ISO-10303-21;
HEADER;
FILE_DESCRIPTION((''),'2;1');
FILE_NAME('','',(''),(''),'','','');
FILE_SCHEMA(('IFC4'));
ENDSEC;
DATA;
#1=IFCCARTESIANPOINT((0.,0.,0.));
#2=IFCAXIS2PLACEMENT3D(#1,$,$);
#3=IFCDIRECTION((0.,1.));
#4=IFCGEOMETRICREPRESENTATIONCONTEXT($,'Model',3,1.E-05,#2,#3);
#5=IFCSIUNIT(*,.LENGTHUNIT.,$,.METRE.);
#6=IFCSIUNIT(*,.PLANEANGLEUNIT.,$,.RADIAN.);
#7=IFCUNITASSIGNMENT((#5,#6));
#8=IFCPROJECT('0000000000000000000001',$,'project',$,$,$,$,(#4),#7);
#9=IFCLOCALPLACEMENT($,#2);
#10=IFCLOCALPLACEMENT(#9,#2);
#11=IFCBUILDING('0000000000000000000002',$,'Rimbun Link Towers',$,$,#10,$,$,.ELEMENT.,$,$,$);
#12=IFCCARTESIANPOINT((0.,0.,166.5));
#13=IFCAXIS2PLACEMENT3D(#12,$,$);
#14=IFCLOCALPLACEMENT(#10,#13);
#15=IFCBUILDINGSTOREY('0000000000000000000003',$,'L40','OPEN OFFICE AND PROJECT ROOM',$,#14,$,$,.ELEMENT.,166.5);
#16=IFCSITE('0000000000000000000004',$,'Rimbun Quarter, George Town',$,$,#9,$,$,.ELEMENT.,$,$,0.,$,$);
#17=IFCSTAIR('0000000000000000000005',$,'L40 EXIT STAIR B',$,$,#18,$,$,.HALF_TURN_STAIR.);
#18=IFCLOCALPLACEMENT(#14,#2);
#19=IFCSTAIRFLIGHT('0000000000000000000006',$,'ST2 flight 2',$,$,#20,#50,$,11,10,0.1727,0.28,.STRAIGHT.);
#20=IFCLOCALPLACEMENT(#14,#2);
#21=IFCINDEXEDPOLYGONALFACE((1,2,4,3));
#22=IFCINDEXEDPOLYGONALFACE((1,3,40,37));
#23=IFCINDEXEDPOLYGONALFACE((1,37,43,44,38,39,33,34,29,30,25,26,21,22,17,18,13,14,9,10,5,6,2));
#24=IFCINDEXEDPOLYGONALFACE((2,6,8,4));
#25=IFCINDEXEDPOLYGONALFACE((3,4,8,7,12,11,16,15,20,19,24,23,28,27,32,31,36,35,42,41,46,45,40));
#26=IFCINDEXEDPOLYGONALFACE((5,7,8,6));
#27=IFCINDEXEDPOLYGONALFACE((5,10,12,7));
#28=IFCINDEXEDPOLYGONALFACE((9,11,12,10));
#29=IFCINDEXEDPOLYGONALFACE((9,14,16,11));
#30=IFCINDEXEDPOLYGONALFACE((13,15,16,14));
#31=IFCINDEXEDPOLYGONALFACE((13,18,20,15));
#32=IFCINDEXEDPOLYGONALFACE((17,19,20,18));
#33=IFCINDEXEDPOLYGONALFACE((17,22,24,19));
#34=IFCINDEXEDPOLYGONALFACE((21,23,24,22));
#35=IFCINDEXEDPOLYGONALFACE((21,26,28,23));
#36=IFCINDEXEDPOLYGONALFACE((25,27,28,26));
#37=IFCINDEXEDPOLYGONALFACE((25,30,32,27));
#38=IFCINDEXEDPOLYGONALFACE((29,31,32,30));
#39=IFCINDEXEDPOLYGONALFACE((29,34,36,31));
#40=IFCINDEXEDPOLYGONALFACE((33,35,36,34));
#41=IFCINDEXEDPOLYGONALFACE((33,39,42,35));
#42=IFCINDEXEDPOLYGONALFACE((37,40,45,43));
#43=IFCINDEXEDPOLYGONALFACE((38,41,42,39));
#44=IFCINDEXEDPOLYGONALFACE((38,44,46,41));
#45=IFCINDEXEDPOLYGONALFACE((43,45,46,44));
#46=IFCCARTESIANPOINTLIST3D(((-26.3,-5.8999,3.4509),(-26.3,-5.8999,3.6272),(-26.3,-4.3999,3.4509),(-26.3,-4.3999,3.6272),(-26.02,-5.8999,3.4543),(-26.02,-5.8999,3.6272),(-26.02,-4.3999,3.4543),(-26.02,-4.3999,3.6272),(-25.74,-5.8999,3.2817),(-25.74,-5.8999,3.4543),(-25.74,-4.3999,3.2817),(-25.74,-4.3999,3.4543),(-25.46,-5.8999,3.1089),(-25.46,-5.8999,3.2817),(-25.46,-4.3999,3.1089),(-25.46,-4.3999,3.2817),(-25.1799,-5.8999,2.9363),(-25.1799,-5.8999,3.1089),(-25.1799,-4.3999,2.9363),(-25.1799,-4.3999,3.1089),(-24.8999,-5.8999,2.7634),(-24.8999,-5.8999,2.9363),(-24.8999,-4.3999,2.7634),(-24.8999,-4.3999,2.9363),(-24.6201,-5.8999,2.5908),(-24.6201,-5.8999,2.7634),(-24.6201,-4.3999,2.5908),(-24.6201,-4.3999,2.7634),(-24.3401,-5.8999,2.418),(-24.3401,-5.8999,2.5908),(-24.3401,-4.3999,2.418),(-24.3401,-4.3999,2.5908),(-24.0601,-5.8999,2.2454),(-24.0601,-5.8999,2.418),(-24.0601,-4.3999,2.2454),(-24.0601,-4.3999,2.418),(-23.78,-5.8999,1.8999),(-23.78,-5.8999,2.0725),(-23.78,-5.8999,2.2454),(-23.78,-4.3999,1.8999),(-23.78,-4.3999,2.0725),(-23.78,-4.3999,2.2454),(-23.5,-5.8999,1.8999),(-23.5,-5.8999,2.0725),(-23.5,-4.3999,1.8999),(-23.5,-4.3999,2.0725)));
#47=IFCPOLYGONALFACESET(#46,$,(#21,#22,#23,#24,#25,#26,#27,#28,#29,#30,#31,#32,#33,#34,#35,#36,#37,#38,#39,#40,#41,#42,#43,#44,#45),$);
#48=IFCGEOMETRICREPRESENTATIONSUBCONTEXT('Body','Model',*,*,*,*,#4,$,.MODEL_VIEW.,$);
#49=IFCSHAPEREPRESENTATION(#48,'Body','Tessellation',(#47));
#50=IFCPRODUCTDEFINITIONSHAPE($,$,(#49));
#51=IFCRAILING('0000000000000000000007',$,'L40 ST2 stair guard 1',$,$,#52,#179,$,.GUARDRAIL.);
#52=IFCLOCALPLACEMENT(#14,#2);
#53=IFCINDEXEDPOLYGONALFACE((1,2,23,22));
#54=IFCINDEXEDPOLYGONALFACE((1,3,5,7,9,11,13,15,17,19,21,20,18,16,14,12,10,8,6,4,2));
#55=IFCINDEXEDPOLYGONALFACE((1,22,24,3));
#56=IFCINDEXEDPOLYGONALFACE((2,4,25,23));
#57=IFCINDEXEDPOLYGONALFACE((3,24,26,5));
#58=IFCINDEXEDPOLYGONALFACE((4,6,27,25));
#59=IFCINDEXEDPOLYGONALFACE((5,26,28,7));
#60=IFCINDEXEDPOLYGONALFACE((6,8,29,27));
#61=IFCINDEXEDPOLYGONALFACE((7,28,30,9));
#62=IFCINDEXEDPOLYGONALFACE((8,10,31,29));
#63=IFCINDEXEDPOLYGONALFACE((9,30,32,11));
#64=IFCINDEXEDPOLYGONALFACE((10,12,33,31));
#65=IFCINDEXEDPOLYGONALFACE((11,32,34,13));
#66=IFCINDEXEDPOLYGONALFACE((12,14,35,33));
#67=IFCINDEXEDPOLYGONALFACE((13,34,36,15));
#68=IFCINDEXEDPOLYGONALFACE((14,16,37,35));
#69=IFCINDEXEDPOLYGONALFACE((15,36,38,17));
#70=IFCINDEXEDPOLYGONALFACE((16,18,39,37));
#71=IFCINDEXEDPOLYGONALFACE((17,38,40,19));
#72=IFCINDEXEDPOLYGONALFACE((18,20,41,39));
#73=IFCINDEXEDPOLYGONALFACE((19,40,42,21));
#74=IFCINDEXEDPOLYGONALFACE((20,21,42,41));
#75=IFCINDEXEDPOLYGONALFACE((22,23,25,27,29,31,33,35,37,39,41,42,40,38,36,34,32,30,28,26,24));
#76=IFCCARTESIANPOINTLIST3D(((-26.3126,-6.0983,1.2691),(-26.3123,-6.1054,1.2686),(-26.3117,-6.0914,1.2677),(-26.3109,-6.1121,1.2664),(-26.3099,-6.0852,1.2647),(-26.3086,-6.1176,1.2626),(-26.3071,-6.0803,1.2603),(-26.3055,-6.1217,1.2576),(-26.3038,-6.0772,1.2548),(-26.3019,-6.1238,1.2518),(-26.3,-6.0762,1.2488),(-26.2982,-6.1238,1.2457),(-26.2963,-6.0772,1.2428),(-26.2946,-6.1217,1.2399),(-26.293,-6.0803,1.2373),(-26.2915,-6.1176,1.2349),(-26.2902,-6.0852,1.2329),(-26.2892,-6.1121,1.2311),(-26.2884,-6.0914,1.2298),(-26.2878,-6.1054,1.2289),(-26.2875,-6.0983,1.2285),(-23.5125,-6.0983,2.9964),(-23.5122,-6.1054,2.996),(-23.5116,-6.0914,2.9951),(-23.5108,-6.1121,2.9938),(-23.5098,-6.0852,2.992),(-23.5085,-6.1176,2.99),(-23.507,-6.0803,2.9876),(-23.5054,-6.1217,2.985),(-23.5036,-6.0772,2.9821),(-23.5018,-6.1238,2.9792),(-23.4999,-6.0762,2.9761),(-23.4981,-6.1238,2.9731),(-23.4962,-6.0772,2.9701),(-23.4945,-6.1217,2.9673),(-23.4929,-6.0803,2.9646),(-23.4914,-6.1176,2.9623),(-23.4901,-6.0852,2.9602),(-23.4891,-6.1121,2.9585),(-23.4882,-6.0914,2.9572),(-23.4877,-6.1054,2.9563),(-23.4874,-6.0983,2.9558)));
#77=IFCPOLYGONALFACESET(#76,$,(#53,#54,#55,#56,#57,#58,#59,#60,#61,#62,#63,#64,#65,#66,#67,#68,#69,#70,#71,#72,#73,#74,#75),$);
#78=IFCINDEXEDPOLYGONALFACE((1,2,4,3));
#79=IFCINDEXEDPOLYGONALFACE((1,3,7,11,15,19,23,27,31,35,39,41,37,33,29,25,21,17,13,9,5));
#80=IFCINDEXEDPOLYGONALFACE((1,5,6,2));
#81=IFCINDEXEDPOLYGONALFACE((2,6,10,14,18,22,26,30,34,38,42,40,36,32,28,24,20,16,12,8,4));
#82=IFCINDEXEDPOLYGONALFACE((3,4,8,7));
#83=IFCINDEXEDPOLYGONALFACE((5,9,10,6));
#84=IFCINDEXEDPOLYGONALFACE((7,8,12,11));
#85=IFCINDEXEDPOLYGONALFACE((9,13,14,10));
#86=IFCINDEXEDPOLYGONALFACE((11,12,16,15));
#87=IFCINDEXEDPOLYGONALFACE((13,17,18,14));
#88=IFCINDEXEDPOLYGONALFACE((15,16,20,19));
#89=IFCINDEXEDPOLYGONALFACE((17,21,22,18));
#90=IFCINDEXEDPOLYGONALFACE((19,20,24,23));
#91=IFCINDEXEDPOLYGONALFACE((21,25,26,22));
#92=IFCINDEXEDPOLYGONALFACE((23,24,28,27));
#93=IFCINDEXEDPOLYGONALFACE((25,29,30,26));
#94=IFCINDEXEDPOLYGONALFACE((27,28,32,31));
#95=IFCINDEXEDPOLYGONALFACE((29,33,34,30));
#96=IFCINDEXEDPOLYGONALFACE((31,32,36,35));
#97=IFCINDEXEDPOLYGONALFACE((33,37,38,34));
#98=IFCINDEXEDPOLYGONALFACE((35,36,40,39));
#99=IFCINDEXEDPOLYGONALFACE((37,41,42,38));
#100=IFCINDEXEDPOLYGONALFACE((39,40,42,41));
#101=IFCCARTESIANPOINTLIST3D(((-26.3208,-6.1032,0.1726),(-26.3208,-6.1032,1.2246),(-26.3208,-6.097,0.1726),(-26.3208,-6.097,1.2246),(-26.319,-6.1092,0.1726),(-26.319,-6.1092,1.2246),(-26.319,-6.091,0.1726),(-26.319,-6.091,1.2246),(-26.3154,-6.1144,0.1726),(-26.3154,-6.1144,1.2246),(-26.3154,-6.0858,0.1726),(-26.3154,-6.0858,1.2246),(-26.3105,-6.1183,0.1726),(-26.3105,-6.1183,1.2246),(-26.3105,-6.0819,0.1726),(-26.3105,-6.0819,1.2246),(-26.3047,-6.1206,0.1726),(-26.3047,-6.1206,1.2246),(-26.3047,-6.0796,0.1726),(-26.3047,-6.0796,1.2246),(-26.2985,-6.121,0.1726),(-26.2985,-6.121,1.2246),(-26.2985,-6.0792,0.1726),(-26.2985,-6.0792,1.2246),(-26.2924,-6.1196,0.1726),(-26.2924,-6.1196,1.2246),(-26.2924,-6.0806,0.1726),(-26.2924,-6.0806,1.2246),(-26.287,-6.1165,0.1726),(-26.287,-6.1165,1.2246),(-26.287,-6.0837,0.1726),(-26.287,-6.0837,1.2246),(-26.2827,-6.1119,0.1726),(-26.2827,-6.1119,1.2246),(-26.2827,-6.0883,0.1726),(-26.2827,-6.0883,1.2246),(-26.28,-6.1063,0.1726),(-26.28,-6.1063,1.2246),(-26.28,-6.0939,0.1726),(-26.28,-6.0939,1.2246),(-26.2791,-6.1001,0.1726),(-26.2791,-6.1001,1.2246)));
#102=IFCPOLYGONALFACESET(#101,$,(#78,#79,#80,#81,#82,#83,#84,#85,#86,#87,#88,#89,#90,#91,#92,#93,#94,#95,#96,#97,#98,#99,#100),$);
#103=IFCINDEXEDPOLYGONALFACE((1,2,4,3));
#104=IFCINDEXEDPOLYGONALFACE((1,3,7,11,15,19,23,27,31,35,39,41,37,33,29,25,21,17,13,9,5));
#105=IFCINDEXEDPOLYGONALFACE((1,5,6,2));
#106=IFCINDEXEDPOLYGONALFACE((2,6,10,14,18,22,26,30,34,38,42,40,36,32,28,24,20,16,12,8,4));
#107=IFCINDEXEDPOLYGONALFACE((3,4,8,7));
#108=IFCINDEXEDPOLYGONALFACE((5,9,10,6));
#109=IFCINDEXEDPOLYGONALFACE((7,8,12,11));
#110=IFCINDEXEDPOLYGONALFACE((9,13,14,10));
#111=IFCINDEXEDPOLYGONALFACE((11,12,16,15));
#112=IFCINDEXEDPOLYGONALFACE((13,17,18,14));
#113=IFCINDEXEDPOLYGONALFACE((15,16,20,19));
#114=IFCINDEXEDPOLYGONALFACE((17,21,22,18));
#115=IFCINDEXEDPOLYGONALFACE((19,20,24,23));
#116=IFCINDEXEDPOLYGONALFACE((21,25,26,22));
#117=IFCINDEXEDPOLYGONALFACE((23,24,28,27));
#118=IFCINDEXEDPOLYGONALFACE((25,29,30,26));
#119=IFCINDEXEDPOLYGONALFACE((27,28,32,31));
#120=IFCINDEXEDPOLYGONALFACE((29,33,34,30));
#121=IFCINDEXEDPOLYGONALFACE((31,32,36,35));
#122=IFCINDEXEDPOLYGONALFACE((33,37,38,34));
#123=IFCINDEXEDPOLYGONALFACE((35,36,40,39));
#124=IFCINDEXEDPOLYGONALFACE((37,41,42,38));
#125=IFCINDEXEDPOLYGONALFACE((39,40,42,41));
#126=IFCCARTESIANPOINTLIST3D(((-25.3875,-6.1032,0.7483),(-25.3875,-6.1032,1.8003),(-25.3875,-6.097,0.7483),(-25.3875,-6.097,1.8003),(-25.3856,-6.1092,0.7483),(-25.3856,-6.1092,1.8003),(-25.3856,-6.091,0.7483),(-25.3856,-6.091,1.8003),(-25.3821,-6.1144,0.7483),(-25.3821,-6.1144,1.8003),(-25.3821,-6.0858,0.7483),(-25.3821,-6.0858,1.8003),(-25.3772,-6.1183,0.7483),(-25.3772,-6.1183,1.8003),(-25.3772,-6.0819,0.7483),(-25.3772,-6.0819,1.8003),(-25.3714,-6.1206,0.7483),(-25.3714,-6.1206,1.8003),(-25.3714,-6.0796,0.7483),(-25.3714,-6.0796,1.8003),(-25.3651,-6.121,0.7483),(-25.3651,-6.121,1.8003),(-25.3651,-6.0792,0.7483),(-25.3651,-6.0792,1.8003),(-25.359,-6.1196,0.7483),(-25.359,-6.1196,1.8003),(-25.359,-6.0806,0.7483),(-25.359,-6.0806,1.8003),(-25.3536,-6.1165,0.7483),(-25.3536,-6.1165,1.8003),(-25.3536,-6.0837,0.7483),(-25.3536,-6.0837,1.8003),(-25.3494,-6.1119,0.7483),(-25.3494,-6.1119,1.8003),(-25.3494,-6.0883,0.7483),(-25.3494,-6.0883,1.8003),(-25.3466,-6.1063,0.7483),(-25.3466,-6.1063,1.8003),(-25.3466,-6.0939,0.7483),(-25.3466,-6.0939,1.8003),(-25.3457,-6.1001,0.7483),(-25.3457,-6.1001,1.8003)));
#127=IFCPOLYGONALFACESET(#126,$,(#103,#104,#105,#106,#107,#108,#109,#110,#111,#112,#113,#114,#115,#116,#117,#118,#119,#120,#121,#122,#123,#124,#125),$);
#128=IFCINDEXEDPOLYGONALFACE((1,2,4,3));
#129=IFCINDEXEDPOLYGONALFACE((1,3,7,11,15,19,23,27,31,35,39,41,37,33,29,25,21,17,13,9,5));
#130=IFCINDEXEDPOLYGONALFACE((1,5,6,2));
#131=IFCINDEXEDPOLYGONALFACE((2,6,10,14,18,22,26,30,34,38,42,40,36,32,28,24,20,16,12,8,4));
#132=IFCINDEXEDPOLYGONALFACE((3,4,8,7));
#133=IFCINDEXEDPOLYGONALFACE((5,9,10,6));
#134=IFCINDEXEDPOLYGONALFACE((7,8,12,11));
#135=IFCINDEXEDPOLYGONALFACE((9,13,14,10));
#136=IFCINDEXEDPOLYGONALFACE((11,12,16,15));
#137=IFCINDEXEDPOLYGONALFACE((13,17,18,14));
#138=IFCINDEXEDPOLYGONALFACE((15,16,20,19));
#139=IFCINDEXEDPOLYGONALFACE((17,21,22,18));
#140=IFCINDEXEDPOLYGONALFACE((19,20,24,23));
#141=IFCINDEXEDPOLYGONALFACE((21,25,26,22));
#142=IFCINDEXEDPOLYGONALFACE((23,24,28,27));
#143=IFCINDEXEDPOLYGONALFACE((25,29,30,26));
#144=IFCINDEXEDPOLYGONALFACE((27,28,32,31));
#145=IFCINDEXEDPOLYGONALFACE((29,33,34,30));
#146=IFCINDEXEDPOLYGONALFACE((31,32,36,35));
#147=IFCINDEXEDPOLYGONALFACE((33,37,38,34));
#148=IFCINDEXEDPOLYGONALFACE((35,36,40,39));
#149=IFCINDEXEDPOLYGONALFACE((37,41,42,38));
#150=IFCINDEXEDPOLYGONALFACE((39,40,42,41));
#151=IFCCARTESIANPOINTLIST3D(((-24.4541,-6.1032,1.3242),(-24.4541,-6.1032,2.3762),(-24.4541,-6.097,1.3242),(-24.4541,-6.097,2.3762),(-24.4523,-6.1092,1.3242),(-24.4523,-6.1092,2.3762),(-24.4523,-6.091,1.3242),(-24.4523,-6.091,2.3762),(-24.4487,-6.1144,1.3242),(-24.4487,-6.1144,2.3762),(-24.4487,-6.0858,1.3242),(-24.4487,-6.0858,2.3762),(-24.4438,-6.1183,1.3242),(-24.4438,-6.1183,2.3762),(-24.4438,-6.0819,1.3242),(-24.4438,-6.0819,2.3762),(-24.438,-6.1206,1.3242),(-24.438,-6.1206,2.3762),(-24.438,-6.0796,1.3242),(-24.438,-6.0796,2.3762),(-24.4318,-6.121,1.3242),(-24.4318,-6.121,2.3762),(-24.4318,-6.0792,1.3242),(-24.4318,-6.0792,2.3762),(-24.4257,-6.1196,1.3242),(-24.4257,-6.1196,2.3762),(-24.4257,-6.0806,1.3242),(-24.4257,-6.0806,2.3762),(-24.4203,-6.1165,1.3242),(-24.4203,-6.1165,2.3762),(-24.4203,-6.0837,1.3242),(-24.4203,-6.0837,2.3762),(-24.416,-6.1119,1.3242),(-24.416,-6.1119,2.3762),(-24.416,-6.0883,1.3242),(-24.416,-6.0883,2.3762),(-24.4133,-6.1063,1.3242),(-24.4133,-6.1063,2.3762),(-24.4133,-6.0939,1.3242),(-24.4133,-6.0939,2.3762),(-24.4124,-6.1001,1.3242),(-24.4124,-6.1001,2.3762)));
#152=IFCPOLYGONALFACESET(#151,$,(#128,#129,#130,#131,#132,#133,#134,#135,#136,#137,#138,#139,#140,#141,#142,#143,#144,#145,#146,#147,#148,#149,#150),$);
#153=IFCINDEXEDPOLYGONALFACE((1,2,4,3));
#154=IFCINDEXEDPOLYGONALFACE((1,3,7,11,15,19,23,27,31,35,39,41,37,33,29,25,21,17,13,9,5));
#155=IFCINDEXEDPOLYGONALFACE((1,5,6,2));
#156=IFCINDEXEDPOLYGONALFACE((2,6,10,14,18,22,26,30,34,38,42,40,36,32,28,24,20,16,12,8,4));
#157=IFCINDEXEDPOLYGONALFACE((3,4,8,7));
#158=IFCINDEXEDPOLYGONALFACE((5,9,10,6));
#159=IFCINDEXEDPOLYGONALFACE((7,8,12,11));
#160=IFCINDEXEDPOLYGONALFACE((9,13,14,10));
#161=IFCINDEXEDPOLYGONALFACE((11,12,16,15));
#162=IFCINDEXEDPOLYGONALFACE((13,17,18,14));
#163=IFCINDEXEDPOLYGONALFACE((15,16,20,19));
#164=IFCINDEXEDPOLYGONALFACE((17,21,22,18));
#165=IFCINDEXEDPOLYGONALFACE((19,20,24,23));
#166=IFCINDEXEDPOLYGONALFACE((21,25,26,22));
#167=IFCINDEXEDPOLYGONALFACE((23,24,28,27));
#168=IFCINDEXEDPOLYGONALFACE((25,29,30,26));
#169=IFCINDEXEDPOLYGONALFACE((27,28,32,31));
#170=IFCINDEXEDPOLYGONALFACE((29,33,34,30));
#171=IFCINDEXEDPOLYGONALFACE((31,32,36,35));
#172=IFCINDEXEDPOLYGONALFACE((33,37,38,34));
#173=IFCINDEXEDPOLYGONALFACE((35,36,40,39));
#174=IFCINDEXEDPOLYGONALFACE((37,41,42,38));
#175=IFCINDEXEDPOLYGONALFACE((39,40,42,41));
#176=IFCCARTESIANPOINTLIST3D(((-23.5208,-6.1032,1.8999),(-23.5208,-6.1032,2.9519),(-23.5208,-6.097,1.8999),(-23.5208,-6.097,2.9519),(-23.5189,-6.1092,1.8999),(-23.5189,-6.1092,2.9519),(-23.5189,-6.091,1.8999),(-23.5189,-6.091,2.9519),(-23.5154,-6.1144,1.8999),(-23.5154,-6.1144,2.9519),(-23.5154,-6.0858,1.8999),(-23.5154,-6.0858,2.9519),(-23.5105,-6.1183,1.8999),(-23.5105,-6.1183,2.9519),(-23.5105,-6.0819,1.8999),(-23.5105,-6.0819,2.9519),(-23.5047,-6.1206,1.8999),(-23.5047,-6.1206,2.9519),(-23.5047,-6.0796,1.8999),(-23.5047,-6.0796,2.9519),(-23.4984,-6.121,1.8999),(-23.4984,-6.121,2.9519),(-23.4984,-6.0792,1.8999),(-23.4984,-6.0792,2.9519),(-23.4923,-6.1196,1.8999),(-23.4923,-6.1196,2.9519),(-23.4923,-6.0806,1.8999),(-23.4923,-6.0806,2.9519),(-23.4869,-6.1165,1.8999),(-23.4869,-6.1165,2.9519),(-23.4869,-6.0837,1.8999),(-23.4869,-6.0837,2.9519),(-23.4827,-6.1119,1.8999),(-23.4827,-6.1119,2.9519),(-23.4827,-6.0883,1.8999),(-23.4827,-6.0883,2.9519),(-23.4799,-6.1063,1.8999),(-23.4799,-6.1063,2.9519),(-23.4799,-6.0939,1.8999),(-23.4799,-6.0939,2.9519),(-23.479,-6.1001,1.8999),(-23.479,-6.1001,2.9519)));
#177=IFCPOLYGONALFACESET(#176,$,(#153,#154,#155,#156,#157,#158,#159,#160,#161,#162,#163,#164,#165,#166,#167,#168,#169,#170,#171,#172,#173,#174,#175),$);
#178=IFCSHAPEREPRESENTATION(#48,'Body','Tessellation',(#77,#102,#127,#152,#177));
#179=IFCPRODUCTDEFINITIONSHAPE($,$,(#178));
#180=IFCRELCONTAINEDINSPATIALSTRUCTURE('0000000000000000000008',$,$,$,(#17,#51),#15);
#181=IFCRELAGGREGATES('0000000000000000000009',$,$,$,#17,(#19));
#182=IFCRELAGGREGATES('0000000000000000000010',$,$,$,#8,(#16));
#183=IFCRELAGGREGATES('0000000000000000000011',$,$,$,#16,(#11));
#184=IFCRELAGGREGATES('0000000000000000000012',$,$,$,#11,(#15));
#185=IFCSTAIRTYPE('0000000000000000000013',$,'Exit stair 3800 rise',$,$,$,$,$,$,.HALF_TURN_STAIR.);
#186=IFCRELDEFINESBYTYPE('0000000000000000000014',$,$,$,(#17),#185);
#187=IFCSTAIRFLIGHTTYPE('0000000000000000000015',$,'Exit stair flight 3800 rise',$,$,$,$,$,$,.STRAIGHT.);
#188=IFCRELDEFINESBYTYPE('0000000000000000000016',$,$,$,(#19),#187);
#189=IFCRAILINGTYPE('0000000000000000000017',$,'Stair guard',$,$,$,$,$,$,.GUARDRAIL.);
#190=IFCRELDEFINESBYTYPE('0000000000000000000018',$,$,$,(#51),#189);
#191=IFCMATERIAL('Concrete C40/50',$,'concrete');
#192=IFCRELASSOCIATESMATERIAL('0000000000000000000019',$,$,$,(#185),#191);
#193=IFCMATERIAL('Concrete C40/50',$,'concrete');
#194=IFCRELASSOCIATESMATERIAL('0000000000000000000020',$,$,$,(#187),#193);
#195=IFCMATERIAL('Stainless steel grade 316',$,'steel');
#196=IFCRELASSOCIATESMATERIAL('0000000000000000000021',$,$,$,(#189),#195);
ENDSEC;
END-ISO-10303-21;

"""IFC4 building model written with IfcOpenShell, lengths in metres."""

from ifc_helpers import new_model, si_unit, direction, frame, origin, origin_2d, place, context, subcontext, project, spatial, polyline, circle, outline, extrude, material, type_object, element, aggregate, save


model = new_model("IFC4")

# Units and contexts
model_context = context("Model", 3, precision=1e-05, world=origin(), true_north=direction((0.0, 1.0)))
body_context = subcontext(model_context, "Body", "Model", "MODEL_VIEW")
ifc_project = project(units=[si_unit("LENGTHUNIT", "METRE"), si_unit("PLANEANGLEUNIT", "RADIAN")], contexts=[model_context])

# Site, building, storey
site_placement = place(None, origin())
site = spatial("IfcSite", under=ifc_project, at=site_placement, Name="Rimbun Quarter, George Town", CompositionType="ELEMENT", RefElevation=0.0)
building_placement = place(site_placement, origin())
building = spatial("IfcBuilding", under=site, at=building_placement, Name="Rimbun Link Towers", CompositionType="ELEMENT")
storey_placement = place(building_placement, frame((0.0, 0.0, 166.5)))
storey = spatial("IfcBuildingStorey", under=building, at=storey_placement, Name="L40", Description="OPEN OFFICE AND PROJECT ROOM", CompositionType="ELEMENT", Elevation=166.5)

# Stair, stair flight
ifc_material_1 = material(Name="Concrete C40/50", Category="concrete")
stair_type = type_object("IfcStairType", Name="Exit stair 3800 rise", PredefinedType="HALF_TURN_STAIR", material=ifc_material_1)
stair_placement = place(storey_placement, origin())
stair = element("IfcStair", 1, at=stair_placement, inside=storey, type_object=stair_type, Name="L40 EXIT STAIR B", PredefinedType="HALF_TURN_STAIR")
ifc_material_2 = material(Name="Concrete C40/50", Category="concrete")
stair_flight_type = type_object("IfcStairFlightType", Name="Exit stair flight 3800 rise", PredefinedType="STRAIGHT", material=ifc_material_2)
stair_flight_1_placement = place(storey_placement, frame((-23.5, -5.1499, 1.8999), z_axis=(0.0, 0.0, 1.0), x_axis=(-1.0, 0.0, 0.0)))
stair_flight_1 = element("IfcStairFlight", 2, at=stair_flight_1_placement, type_object=stair_flight_type, Name="ST2 flight 2", NumberOfRisers=11, NumberOfTreads=10, PredefinedType="STRAIGHT", RiserHeight=0.1727, TreadLength=0.28, context=body_context, shape_type="SweptSolid", body=[
    extrude(outline(polyline([(0.0, 0.0), (0.0, 0.1726), (0.28, 0.1726), (0.28, 0.3455), (0.5601, 0.3455), (0.5601, 0.5181), (0.8401, 0.5181), (0.8401, 0.6909), (1.1201, 0.6909), (1.1201, 0.8635), (1.3999, 0.8635), (1.3999, 1.0364), (1.6799, 1.0364), (1.6799, 1.209), (1.96, 1.209), (1.96, 1.3818), (2.24, 1.3818), (2.24, 1.5544), (2.52, 1.5544), (2.52, 1.7273), (2.8, 1.7273), (2.8, 1.8999), (2.8, 1.551), (0.28, 0.0), (0.0, 0.0)])), frame((0.0, 0.75, 0.0), z_axis=(0.0, -1.0, 0.0), x_axis=(1.0, 0.0, 0.0)), (0.0, 0.0, 1.0), 1.5),
])
aggregate(stair, [stair_flight_1])

# Railing
ifc_material_3 = material(Name="Stainless steel grade 316", Category="steel")
railing_type_1 = type_object("IfcRailingType", Name="Stair guard", PredefinedType="GUARDRAIL", material=ifc_material_3)
railing_1_placement = place(storey_placement, frame((-26.3, -6.1001, 0.1726)))
element("IfcRailing", 3, at=railing_1_placement, inside=storey, type_object=railing_type_1, Name="L40 ST2 stair guard 1", PredefinedType="GUARDRAIL", context=body_context, shape_type="SweptSolid", body=[
    extrude(circle(Radius=0.0239, at=origin_2d()), frame((0.0, 0.0, 1.0762), z_axis=(0.85109, 0.0, 0.52502), x_axis=(0.0, 1.0, 0.0)), (0.0, 0.0, 1.0), 3.29),
    extrude(circle(Radius=0.021, at=origin_2d()), origin(), (0.0, 0.0, 1.0), 1.052),
    extrude(circle(Radius=0.021, at=origin_2d()), frame((0.9333, 0.0, 0.5757)), (0.0, 0.0, 1.0), 1.052),
    extrude(circle(Radius=0.021, at=origin_2d()), frame((1.8667, 0.0, 1.1516)), (0.0, 0.0, 1.0), 1.052),
    extrude(circle(Radius=0.021, at=origin_2d()), frame((2.8, 0.0, 1.7273)), (0.0, 0.0, 1.0), 1.052),
])

save(model, "model.ifc")
